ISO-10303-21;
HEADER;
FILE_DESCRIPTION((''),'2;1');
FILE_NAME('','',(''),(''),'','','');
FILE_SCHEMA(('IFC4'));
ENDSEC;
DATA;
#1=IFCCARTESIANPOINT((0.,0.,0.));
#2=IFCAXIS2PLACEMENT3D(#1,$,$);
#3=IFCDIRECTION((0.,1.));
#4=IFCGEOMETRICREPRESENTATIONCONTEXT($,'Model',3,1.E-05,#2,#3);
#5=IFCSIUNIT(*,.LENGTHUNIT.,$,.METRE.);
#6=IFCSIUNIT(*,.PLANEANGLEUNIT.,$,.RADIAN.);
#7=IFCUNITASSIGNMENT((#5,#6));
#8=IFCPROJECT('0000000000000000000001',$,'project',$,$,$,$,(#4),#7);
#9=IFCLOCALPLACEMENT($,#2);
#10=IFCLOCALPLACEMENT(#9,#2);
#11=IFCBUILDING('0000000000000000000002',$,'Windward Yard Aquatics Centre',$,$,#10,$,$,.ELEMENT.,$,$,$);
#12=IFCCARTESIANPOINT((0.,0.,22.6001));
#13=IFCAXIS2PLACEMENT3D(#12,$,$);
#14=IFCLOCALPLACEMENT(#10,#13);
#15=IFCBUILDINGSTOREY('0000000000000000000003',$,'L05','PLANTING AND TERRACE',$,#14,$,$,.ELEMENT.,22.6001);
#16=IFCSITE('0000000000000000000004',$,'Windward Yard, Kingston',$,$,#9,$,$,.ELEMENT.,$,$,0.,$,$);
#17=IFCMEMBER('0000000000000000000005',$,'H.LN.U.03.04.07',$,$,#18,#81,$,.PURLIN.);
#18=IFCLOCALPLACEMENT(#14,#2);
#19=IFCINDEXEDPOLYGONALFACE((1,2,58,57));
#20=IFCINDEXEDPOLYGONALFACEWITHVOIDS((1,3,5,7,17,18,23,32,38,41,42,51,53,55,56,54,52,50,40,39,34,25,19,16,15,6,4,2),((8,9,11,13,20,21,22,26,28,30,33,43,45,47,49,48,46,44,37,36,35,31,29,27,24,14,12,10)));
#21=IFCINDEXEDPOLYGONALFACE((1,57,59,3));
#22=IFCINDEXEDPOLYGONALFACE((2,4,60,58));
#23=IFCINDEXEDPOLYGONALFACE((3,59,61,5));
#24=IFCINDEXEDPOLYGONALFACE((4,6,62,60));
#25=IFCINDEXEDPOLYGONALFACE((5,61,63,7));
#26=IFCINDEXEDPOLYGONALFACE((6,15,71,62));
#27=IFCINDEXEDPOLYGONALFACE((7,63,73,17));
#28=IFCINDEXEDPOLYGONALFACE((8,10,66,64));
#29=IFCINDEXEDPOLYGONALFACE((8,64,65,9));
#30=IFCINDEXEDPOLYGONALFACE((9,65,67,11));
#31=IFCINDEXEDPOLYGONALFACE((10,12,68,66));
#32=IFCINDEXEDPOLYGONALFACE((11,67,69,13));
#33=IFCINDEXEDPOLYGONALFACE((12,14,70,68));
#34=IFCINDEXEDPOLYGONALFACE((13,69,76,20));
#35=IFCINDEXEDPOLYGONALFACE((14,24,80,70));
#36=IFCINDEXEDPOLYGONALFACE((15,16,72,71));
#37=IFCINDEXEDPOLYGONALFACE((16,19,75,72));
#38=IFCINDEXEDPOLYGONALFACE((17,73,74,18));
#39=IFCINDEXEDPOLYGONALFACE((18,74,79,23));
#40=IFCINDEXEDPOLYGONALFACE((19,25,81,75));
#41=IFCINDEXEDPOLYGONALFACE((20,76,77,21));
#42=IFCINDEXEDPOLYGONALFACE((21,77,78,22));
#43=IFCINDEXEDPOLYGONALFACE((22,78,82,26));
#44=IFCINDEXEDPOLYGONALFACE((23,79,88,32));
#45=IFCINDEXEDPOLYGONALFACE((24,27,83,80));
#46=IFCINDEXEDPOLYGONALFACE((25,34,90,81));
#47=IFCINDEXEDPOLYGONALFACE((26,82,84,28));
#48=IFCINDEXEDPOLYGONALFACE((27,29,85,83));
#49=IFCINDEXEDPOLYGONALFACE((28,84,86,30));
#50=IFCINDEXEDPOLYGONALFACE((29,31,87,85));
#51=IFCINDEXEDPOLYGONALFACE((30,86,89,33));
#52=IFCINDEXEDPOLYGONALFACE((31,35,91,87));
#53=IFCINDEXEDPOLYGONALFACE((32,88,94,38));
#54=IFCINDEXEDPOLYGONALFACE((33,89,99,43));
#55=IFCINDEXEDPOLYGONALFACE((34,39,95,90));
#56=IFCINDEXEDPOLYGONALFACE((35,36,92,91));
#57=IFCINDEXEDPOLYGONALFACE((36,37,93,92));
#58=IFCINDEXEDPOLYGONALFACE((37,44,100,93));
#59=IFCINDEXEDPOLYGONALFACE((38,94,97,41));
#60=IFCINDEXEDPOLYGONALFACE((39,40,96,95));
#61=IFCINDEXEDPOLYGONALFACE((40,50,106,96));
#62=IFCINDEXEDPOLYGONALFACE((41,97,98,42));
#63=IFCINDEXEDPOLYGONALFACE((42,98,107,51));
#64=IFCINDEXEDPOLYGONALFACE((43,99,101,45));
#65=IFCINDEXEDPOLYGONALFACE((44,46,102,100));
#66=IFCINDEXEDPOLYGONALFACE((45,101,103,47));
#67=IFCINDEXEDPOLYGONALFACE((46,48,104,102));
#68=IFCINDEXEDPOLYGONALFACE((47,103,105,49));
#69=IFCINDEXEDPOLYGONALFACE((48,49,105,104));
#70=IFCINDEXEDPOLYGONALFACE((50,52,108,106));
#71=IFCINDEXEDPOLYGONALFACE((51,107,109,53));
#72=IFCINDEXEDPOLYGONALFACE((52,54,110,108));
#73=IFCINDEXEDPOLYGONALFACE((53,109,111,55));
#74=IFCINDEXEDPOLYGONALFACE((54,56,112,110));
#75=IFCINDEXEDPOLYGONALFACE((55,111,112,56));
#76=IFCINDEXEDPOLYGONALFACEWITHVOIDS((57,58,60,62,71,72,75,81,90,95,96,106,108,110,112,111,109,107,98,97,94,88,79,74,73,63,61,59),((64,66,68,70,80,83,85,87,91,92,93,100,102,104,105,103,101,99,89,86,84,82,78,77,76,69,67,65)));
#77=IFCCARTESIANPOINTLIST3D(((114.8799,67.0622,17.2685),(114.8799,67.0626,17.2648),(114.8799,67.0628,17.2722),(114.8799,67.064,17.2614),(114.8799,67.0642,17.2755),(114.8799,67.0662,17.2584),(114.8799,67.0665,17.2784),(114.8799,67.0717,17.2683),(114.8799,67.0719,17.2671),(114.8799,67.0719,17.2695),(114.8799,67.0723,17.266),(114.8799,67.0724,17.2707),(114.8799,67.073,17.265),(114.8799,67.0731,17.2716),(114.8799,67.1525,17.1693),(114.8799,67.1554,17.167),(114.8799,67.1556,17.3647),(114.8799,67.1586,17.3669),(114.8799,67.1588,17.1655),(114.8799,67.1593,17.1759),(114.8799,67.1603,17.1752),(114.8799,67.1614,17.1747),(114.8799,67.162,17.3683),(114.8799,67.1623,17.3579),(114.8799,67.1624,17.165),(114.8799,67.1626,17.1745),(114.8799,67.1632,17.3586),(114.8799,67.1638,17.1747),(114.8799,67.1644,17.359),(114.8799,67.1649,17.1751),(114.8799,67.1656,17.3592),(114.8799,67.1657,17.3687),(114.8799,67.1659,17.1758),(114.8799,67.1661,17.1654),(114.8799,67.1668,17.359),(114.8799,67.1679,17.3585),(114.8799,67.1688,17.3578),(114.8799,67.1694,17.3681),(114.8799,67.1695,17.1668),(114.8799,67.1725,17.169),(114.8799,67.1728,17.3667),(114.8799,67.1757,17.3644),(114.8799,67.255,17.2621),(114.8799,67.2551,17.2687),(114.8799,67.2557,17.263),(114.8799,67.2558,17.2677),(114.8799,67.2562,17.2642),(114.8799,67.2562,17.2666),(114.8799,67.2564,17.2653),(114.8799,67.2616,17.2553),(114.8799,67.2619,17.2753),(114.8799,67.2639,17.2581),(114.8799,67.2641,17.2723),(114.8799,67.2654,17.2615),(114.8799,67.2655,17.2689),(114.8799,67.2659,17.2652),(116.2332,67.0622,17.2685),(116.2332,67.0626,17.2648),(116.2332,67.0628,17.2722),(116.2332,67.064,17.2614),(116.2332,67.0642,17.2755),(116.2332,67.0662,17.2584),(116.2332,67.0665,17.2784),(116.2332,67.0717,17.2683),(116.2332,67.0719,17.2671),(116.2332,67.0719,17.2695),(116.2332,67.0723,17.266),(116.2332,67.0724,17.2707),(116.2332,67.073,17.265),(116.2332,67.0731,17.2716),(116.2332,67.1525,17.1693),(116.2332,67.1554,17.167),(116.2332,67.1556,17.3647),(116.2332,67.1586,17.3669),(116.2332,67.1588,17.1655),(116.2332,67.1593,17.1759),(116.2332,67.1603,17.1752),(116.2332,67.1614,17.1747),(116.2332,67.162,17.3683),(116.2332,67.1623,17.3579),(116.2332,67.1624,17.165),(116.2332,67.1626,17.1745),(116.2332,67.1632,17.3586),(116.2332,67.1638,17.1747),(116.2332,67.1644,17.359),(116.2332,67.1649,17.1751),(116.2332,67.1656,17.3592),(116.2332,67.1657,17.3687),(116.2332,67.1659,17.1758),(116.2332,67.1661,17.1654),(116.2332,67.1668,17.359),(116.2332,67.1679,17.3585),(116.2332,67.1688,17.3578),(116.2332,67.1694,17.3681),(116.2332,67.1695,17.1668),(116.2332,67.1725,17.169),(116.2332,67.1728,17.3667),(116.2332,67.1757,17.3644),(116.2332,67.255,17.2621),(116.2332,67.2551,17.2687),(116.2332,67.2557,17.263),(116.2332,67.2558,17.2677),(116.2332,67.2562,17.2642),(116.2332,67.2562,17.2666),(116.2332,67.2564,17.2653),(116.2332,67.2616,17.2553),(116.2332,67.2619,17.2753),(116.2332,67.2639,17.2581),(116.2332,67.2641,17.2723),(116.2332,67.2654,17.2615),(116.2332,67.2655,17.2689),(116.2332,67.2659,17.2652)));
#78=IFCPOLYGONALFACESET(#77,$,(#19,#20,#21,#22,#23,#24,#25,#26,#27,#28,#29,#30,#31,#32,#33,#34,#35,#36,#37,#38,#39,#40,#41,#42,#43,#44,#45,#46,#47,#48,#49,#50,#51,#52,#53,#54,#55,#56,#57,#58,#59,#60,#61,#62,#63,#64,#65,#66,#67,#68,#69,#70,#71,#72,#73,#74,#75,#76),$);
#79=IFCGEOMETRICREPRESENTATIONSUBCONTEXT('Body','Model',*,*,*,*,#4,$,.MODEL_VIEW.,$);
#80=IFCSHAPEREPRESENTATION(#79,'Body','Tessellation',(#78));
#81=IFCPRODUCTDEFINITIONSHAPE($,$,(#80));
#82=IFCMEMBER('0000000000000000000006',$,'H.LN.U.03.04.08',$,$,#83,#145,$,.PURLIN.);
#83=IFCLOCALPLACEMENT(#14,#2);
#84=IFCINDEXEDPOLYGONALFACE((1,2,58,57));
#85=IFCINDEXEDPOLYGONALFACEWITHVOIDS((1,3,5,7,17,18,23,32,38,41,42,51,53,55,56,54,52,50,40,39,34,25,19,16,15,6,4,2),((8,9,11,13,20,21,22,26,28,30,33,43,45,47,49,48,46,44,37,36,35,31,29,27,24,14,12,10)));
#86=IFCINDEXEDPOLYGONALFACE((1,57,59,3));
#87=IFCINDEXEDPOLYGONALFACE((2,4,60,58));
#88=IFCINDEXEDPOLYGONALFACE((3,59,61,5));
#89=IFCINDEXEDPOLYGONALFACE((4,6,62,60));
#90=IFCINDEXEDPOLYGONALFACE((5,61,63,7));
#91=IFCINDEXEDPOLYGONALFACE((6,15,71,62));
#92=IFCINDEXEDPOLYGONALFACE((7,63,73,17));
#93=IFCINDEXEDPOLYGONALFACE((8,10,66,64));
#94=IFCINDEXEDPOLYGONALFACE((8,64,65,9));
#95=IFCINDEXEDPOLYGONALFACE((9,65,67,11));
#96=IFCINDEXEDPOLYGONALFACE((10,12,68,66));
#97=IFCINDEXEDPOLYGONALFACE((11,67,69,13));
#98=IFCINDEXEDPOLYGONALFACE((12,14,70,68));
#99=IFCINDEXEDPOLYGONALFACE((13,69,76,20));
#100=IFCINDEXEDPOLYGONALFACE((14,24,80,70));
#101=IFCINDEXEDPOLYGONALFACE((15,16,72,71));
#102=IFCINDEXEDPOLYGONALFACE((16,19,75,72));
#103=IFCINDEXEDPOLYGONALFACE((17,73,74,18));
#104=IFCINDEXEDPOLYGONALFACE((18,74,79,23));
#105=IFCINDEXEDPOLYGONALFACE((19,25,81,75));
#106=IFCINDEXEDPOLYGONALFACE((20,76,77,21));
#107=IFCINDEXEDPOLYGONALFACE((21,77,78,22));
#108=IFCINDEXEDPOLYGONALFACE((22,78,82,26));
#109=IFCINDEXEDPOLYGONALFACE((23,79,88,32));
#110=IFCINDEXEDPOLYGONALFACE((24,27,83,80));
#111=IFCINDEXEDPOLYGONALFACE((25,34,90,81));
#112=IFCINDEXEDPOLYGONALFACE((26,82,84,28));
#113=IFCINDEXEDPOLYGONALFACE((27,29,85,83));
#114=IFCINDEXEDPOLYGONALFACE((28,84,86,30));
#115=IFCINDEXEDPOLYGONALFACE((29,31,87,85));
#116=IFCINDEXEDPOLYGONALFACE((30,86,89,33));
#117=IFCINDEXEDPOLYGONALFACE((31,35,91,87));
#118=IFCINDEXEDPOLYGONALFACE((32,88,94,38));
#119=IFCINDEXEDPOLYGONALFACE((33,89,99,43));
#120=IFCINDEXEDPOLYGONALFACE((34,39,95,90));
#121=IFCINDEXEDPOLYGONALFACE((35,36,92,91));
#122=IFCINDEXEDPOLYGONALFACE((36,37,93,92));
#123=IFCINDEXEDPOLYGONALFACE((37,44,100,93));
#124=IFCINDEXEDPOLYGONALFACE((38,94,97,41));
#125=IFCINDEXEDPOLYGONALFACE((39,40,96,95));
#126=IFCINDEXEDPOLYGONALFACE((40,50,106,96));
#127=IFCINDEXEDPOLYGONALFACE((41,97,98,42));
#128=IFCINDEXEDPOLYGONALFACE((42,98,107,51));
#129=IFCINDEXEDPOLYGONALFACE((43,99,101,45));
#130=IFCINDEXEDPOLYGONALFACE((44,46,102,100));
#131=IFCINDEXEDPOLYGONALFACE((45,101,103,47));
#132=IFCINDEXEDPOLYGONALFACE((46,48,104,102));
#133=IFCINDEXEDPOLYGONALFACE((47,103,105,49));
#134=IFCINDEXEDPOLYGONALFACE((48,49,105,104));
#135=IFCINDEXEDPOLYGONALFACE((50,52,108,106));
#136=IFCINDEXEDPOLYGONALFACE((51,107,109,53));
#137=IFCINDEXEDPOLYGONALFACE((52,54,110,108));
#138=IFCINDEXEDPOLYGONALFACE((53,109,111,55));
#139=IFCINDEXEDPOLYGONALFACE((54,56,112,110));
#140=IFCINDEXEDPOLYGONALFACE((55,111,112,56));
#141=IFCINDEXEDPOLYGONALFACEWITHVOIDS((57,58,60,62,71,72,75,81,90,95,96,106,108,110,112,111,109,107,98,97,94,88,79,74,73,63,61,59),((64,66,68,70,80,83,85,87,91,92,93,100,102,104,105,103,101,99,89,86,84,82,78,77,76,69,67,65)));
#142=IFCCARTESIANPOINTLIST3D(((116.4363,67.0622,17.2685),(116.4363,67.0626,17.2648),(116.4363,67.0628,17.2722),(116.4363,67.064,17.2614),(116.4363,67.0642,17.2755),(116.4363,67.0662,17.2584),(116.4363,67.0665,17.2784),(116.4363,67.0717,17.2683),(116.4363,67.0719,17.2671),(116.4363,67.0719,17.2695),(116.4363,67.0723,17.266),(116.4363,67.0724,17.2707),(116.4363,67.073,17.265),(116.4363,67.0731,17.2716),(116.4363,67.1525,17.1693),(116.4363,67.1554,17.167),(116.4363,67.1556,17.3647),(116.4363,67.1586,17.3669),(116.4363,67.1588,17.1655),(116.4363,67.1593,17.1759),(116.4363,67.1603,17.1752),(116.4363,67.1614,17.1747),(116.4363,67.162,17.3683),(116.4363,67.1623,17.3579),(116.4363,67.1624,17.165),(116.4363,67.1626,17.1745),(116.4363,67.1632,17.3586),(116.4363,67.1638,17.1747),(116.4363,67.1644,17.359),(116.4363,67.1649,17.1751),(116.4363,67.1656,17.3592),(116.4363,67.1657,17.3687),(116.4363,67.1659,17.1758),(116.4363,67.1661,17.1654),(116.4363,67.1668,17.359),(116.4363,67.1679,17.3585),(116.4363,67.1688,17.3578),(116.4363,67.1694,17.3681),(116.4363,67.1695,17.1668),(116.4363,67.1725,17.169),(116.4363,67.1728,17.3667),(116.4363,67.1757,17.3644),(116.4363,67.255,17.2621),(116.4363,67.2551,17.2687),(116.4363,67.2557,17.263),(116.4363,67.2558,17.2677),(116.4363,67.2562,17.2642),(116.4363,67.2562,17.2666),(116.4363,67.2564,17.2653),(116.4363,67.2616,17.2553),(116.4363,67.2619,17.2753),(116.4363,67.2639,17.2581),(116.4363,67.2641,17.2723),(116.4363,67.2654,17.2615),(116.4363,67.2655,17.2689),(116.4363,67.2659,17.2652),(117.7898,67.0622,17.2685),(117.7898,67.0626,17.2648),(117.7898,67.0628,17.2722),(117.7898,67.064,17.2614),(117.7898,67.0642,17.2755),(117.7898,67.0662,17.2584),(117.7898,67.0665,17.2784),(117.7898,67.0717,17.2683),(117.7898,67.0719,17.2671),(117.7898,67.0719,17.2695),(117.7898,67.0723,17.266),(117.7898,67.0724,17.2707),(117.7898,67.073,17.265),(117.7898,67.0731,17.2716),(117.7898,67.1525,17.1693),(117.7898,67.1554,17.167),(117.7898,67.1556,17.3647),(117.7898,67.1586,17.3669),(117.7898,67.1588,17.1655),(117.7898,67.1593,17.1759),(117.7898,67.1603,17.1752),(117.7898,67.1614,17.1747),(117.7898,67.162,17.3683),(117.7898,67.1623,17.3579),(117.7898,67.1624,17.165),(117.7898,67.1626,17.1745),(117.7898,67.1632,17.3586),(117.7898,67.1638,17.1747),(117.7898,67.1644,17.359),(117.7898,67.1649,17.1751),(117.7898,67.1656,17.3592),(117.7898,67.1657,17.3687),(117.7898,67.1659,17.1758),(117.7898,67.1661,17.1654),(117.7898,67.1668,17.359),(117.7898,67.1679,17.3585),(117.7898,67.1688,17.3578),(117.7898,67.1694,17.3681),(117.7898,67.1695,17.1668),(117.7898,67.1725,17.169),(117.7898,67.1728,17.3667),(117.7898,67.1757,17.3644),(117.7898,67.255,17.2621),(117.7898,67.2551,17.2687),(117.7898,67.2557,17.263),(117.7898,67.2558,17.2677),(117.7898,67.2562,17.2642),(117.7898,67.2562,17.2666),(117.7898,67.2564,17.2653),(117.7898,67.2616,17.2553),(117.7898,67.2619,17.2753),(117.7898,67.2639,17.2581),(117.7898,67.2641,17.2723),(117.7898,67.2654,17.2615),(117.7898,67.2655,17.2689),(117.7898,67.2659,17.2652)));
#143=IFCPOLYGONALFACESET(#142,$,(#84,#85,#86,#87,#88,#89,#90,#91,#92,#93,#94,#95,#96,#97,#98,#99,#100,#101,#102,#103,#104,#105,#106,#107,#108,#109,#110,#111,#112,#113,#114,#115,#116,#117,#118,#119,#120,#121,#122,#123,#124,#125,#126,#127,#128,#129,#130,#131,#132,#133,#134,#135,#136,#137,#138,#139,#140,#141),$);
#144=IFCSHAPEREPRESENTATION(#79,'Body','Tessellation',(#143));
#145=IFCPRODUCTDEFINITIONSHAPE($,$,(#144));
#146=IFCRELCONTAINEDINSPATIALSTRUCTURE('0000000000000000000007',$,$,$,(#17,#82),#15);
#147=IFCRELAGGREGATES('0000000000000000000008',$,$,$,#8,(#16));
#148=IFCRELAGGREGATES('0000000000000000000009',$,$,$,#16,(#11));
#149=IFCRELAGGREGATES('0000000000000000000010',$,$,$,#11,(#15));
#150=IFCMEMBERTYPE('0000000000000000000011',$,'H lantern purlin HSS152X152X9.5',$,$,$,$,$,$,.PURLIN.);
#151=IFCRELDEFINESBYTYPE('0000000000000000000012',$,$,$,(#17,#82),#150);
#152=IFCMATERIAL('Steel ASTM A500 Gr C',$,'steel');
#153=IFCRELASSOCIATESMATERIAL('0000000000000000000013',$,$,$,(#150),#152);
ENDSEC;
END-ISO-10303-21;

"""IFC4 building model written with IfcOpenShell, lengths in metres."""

from ifc_helpers import new_model, si_unit, direction, frame, origin, origin_2d, place, context, subcontext, project, spatial, hollow_rectangle, extrude, material, material_profile, profile_set, type_object, element, save


model = new_model("IFC4")

# Units and contexts
model_context = context("Model", 3, precision=1e-05, world=origin(), true_north=direction((0.0, 1.0)))
body_context = subcontext(model_context, "Body", "Model", "MODEL_VIEW")
ifc_project = project(units=[si_unit("LENGTHUNIT", "METRE"), si_unit("PLANEANGLEUNIT", "RADIAN")], contexts=[model_context])

# Site, building, storey
site_placement = place(None, origin())
site = spatial("IfcSite", under=ifc_project, at=site_placement, Name="Windward Yard, Kingston", CompositionType="ELEMENT", RefElevation=0.0)
building_placement = place(site_placement, origin())
building = spatial("IfcBuilding", under=site, at=building_placement, Name="Windward Yard Aquatics Centre", CompositionType="ELEMENT")
storey_placement = place(building_placement, frame((0.0, 0.0, 22.6001)))
storey = spatial("IfcBuildingStorey", under=building, at=storey_placement, Name="L05", Description="PLANTING AND TERRACE", CompositionType="ELEMENT", Elevation=22.6001)

# Members
ifc_material_1 = material(Name="Steel ASTM A500 Gr C", Category="steel")
ifc_material_profile = material_profile(ifc_material_1, hollow_rectangle(XDim=0.1523, YDim=0.1523, WallThickness=0.0095, InnerFilletRadius=0.0046, OuterFilletRadius=0.0142, at=origin_2d()), Name="HSS152X152X9.5")
ifc_profile_set = profile_set([ifc_material_profile], Name="Steel ASTM A500 Gr C")
member_type = type_object("IfcMemberType", Name="H lantern purlin HSS152X152X9.5", PredefinedType="PURLIN", material=ifc_profile_set)
member_1_placement = place(storey_placement, frame((114.8799, 67.1641, 17.2668), z_axis=(1.0, 0.0, 0.0), x_axis=(0.0, 0.69555, -0.718477)))
element("IfcMember", 1, at=member_1_placement, inside=storey, type_object=member_type, Name="H.LN.U.03.04.07", PredefinedType="PURLIN", context=body_context, shape_type="SweptSolid", body=[
    extrude(hollow_rectangle(XDim=0.1523, YDim=0.1523, WallThickness=0.0095, InnerFilletRadius=0.0046, OuterFilletRadius=0.0142, at=origin_2d()), origin(), (0.0, 0.0, 1.0), 1.3533),
])
member_2_placement = place(storey_placement, frame((116.4363, 67.1641, 17.2668), z_axis=(1.0, 0.0, 0.0), x_axis=(0.0, 0.69555, -0.718477)))
element("IfcMember", 2, at=member_2_placement, inside=storey, type_object=member_type, Name="H.LN.U.03.04.08", PredefinedType="PURLIN", context=body_context, shape_type="SweptSolid", body=[
    extrude(hollow_rectangle(XDim=0.1523, YDim=0.1523, WallThickness=0.0095, InnerFilletRadius=0.0046, OuterFilletRadius=0.0142, at=origin_2d()), origin(), (0.0, 0.0, 1.0), 1.3535),
])

save(model, "model.ifc")
